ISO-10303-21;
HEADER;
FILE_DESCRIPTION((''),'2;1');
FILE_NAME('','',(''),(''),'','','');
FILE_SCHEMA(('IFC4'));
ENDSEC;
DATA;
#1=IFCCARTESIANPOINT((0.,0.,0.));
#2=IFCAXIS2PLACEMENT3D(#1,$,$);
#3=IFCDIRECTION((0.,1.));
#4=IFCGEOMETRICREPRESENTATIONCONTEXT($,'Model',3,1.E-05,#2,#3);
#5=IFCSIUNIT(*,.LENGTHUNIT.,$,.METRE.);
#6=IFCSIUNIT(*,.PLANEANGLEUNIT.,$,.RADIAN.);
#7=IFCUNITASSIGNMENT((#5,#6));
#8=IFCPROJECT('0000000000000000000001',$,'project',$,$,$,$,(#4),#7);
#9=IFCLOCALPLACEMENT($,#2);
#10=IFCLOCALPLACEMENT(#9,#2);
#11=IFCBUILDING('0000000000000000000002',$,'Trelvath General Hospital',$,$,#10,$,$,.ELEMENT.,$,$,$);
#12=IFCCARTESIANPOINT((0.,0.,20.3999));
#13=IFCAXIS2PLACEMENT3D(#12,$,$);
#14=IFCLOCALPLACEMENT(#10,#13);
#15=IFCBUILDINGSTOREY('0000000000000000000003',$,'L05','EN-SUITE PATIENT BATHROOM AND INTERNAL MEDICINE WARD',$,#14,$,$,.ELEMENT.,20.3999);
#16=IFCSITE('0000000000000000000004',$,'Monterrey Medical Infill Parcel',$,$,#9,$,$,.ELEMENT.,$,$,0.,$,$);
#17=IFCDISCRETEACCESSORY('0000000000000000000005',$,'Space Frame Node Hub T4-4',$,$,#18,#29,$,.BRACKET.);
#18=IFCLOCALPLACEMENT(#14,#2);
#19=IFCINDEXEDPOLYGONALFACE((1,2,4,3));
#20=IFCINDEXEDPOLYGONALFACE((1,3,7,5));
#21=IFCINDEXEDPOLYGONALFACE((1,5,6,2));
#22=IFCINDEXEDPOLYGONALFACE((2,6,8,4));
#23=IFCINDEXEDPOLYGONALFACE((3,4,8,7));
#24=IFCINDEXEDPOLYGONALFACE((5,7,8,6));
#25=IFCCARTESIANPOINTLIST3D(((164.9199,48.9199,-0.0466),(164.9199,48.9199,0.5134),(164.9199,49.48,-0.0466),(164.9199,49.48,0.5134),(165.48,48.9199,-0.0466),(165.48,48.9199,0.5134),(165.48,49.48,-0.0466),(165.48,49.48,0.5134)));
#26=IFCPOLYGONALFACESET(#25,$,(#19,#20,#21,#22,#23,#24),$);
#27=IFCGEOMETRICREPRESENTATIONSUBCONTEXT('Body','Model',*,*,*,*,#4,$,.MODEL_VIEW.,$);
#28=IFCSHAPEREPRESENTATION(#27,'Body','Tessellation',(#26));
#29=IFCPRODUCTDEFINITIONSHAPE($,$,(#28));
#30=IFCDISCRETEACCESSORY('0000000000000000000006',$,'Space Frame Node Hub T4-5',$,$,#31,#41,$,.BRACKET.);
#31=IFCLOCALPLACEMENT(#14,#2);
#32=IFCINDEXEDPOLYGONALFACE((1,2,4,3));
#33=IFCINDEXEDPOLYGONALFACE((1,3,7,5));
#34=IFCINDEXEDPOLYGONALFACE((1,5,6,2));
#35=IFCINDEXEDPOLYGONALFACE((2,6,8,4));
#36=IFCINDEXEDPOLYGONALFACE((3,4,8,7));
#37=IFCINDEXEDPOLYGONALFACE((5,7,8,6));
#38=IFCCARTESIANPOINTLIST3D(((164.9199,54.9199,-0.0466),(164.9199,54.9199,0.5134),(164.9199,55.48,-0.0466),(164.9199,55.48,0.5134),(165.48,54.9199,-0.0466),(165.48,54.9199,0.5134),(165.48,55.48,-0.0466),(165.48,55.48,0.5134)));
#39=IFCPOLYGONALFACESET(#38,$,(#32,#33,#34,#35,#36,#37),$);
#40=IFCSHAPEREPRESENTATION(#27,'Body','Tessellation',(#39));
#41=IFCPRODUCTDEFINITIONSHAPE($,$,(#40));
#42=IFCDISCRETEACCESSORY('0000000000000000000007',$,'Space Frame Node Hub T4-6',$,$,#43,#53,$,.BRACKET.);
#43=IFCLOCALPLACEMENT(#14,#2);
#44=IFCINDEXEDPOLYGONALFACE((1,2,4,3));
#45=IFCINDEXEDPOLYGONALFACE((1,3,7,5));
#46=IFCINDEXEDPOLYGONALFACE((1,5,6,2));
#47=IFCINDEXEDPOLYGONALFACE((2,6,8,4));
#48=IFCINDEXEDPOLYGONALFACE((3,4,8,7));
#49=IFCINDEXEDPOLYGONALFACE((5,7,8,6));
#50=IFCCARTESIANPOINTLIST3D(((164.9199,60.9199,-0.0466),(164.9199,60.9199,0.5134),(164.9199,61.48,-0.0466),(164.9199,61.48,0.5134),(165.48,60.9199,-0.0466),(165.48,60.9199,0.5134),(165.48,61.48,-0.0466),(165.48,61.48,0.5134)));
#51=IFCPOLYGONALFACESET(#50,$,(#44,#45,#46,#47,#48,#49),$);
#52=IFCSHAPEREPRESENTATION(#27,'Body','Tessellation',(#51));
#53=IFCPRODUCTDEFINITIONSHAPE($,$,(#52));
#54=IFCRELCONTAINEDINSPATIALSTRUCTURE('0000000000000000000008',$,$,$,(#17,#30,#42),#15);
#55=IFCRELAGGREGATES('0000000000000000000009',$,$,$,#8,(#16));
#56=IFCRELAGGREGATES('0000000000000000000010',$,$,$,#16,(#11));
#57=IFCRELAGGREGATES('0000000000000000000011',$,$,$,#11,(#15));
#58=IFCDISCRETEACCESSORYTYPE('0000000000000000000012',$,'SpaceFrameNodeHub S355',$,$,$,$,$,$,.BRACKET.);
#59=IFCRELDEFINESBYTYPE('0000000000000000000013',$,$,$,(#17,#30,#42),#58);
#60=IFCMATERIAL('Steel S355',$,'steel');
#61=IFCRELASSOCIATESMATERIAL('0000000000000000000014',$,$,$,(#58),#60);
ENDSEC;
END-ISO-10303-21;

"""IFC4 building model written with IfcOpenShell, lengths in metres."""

from ifc_helpers import new_model, si_unit, direction, frame, origin, origin_2d, place, context, subcontext, project, spatial, rectangle, extrude, material, type_object, element, save


model = new_model("IFC4")

# Units and contexts
model_context = context("Model", 3, precision=1e-05, world=origin(), true_north=direction((0.0, 1.0)))
body_context = subcontext(model_context, "Body", "Model", "MODEL_VIEW")
ifc_project = project(units=[si_unit("LENGTHUNIT", "METRE"), si_unit("PLANEANGLEUNIT", "RADIAN")], contexts=[model_context])

# Site, building, storey
site_placement = place(None, origin())
site = spatial("IfcSite", under=ifc_project, at=site_placement, Name="Monterrey Medical Infill Parcel", CompositionType="ELEMENT", RefElevation=0.0)
building_placement = place(site_placement, origin())
building = spatial("IfcBuilding", under=site, at=building_placement, Name="Trelvath General Hospital", CompositionType="ELEMENT")
storey_placement = place(building_placement, frame((0.0, 0.0, 20.3999)))
storey = spatial("IfcBuildingStorey", under=building, at=storey_placement, Name="L05", Description="EN-SUITE PATIENT BATHROOM AND INTERNAL MEDICINE WARD", CompositionType="ELEMENT", Elevation=20.3999)

# Discrete accessories
ifc_material_1 = material(Name="Steel S355", Category="steel")
discrete_accessory_type = type_object("IfcDiscreteAccessoryType", Name="SpaceFrameNodeHub S355", PredefinedType="BRACKET", material=ifc_material_1)
for number, where, z_axis, x_axis, name in (
    (1, (165.2, 49.2, -0.0466), (0.0, 0.0, 1.0), (1.0, 0.0, 0.0), "Space Frame Node Hub T4-4"),
    (2, (165.2, 55.2, -0.0466), (0.0, 0.0, 1.0), (1.0, 0.0, 0.0), "Space Frame Node Hub T4-5"),
    (3, (165.2, 61.2, -0.0466), (0.0, 0.0, 1.0), (1.0, 0.0, 0.0), "Space Frame Node Hub T4-6"),
):
    element("IfcDiscreteAccessory", number, at=place(storey_placement, frame(where, z_axis=z_axis, x_axis=x_axis)), inside=storey, type_object=discrete_accessory_type, Name=name, PredefinedType="BRACKET", context=body_context, shape_type="SweptSolid", body=[
        extrude(rectangle(XDim=0.5601, YDim=0.5601, at=origin_2d()), origin(), (0.0, 0.0, 1.0), 0.5601),
    ])

save(model, "model.ifc")
